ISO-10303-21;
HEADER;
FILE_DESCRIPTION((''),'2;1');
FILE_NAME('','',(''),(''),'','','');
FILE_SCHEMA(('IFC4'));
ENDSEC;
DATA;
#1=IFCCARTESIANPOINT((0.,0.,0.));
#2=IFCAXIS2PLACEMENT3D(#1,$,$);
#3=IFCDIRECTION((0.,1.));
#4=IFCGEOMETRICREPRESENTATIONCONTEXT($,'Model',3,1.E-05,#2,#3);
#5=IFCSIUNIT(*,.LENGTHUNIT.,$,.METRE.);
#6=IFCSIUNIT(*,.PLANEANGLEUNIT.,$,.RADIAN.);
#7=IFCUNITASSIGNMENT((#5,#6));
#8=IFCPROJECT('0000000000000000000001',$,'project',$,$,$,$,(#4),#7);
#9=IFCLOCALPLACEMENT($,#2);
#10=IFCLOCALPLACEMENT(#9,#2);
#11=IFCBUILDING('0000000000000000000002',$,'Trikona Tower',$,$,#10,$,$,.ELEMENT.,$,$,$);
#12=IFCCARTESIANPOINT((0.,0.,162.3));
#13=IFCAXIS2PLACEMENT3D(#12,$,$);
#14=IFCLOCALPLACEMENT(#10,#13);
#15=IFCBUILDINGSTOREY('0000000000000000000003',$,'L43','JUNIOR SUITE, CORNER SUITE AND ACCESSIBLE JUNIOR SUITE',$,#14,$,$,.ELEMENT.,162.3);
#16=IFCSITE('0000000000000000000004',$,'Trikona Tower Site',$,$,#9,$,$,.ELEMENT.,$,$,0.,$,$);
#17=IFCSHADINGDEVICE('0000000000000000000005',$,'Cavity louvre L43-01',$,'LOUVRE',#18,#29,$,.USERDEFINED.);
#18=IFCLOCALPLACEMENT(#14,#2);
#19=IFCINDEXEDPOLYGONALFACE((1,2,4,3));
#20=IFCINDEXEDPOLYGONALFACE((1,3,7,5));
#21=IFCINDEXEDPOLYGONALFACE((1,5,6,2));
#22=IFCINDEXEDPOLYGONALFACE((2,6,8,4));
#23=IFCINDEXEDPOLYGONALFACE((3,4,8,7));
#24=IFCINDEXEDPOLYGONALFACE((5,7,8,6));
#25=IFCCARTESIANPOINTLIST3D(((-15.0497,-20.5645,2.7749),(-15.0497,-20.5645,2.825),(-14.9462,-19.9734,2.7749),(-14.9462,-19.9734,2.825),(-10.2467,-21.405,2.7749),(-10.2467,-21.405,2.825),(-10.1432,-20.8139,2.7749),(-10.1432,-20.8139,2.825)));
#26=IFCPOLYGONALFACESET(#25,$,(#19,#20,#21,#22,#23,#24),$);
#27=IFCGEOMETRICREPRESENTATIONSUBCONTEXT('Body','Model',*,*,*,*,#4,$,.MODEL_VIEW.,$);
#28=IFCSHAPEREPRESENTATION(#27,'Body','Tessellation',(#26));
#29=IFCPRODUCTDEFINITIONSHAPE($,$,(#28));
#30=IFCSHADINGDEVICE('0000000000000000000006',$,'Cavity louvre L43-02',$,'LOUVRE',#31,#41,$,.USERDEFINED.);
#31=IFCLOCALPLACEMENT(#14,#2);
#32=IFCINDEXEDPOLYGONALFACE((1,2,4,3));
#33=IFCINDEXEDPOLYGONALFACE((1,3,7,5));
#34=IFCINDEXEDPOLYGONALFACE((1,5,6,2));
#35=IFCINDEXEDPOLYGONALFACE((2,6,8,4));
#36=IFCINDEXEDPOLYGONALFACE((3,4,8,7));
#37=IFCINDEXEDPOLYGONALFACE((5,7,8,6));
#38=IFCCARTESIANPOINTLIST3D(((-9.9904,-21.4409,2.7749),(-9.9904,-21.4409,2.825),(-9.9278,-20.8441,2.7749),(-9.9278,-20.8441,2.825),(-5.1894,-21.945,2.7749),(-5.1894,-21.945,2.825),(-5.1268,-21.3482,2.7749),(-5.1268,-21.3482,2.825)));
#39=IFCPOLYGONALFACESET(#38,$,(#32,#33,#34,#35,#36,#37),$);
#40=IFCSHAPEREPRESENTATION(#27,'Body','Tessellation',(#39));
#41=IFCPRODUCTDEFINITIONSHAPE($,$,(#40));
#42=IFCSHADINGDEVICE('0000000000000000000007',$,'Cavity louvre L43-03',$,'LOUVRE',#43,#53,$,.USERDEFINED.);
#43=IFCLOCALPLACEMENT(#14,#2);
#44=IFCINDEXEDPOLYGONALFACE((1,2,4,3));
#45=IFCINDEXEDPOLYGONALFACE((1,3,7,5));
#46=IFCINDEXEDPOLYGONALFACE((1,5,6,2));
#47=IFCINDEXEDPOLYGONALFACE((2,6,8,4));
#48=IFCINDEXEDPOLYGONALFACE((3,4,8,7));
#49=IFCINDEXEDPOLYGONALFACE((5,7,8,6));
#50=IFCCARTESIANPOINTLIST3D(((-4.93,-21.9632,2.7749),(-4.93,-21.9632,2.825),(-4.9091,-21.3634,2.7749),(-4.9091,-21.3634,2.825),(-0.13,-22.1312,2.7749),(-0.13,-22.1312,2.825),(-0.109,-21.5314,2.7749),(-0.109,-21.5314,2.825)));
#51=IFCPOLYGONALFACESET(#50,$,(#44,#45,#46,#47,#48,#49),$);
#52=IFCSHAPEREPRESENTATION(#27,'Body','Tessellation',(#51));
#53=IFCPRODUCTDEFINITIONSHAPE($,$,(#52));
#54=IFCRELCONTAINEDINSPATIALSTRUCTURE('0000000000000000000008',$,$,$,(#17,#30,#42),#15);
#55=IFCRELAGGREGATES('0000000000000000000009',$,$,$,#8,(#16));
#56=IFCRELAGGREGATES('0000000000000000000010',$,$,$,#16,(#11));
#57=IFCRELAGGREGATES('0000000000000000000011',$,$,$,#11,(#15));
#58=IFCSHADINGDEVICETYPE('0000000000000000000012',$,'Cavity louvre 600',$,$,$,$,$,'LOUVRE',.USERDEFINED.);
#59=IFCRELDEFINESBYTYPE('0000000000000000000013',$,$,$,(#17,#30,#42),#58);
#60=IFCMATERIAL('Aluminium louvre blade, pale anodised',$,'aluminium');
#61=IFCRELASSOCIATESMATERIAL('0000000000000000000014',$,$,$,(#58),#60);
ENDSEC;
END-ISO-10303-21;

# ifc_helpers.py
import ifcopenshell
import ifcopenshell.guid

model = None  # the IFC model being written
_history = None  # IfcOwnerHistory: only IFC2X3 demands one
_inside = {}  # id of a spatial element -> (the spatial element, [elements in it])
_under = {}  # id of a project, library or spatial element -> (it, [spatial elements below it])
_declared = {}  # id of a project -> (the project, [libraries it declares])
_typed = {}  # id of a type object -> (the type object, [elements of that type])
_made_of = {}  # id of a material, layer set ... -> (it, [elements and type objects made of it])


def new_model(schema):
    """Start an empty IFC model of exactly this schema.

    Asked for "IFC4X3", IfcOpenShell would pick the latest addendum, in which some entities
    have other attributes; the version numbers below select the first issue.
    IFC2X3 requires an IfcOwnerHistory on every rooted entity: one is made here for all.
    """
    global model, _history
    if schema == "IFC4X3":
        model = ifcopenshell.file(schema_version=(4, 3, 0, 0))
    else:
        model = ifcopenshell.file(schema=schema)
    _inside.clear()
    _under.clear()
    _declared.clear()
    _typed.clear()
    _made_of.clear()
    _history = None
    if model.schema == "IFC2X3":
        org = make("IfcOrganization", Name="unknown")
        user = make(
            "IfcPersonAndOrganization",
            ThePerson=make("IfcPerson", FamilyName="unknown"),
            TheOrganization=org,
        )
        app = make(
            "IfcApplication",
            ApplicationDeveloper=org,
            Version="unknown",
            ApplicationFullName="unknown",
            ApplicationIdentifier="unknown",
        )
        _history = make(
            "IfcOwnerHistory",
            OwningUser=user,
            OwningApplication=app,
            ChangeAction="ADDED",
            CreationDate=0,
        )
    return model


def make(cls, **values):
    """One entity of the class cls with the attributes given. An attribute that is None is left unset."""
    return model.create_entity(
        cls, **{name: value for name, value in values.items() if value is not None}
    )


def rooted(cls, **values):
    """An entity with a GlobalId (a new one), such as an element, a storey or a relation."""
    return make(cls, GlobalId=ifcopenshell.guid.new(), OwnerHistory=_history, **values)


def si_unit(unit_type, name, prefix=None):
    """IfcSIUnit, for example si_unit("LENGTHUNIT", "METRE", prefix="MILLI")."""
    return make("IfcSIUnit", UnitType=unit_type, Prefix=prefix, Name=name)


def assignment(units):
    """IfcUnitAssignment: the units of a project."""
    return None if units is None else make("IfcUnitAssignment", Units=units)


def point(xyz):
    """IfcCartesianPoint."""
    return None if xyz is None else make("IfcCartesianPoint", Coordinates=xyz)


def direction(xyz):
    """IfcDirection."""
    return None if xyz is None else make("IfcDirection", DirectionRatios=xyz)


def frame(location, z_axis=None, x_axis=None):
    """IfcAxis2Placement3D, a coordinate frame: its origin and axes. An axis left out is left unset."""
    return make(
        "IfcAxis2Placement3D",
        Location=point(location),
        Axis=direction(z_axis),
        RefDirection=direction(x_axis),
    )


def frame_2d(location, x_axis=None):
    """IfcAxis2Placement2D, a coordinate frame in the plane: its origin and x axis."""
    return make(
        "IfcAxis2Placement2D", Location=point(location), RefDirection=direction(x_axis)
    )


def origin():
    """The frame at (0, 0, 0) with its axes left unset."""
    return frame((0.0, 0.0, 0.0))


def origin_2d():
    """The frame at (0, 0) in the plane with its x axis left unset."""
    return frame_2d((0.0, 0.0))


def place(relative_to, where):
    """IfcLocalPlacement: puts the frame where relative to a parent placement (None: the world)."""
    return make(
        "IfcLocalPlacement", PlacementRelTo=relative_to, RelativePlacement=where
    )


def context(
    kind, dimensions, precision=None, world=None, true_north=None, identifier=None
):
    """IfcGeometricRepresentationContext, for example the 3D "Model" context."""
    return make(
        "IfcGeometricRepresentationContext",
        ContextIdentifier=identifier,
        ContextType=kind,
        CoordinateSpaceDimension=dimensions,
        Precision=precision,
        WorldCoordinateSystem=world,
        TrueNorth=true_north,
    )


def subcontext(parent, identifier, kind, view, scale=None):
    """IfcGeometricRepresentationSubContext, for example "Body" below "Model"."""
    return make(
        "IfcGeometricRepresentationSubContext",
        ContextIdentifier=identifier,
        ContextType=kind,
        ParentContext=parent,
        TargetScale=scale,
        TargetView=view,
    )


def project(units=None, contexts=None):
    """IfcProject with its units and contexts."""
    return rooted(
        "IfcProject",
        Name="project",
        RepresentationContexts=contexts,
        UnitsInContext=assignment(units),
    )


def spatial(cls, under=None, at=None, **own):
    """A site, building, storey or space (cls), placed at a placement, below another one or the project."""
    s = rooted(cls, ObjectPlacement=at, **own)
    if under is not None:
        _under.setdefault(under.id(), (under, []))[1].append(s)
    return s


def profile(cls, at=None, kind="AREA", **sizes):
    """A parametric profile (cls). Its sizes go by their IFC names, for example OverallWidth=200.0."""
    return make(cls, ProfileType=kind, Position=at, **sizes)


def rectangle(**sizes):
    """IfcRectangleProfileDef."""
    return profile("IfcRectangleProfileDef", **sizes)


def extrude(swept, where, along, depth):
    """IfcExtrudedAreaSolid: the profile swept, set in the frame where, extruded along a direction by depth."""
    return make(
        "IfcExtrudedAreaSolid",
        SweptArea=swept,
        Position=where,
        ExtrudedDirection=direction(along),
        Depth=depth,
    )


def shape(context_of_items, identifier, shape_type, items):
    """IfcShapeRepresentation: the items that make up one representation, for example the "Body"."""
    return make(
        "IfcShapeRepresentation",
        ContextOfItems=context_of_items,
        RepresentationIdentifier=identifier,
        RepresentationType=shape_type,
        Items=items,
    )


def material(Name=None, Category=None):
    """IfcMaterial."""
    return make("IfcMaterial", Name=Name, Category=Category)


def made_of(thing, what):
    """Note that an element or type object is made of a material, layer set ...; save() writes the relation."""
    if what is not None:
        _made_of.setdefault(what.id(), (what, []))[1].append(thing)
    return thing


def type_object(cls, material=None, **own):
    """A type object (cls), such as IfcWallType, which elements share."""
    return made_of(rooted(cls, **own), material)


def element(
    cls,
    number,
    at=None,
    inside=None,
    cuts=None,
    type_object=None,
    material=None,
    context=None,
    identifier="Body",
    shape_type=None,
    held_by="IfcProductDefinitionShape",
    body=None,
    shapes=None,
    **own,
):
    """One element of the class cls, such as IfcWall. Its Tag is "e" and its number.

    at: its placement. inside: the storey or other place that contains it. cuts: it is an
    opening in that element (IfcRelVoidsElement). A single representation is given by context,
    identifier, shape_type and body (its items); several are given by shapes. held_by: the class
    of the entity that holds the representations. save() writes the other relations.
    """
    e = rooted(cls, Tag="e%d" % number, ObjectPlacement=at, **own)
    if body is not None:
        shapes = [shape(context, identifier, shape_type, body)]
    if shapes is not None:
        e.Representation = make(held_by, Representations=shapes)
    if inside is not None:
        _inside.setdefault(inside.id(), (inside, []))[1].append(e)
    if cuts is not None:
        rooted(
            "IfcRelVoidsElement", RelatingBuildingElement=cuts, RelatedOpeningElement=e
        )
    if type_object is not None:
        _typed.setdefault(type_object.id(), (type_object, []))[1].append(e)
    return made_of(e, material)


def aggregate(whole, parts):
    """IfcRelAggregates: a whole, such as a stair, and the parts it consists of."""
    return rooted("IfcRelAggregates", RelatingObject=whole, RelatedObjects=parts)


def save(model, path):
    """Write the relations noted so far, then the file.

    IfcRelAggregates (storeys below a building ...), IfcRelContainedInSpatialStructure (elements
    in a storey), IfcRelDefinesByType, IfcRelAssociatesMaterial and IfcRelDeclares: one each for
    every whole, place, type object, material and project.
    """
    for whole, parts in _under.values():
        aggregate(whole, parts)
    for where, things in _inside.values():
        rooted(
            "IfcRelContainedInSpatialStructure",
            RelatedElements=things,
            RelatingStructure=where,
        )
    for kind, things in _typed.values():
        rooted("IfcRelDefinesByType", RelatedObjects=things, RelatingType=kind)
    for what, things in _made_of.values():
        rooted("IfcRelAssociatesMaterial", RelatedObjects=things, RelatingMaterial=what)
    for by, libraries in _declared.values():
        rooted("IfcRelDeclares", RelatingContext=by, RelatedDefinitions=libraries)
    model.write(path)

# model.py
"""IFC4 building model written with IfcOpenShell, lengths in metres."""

from ifc_helpers import new_model, si_unit, direction, frame, origin, origin_2d, place, context, subcontext, project, spatial, rectangle, extrude, material, type_object, element, save


model = new_model("IFC4")

# Units and contexts
model_context = context("Model", 3, precision=1e-05, world=origin(), true_north=direction((0.0, 1.0)))
body_context = subcontext(model_context, "Body", "Model", "MODEL_VIEW")
ifc_project = project(units=[si_unit("LENGTHUNIT", "METRE"), si_unit("PLANEANGLEUNIT", "RADIAN")], contexts=[model_context])

# Site, building, storey
site_placement = place(None, origin())
site = spatial("IfcSite", under=ifc_project, at=site_placement, Name="Trikona Tower Site", CompositionType="ELEMENT", RefElevation=0.0)
building_placement = place(site_placement, origin())
building = spatial("IfcBuilding", under=site, at=building_placement, Name="Trikona Tower", CompositionType="ELEMENT")
storey_placement = place(building_placement, frame((0.0, 0.0, 162.3)))
storey = spatial("IfcBuildingStorey", under=building, at=storey_placement, Name="L43", Description="JUNIOR SUITE, CORNER SUITE AND ACCESSIBLE JUNIOR SUITE", CompositionType="ELEMENT", Elevation=162.3)

# Shading devices
ifc_material_1 = material(Name="Aluminium louvre blade, pale anodised", Category="aluminium")
shading_device_type = type_object("IfcShadingDeviceType", Name="Cavity louvre 600", ElementType="LOUVRE", PredefinedType="USERDEFINED", material=ifc_material_1)
shading_device_1_placement = place(storey_placement, frame((-12.5964, -20.6892, 2.7749), z_axis=(0.0, 0.0, 1.0), x_axis=(0.985031, -0.17238, 0.0)))
element("IfcShadingDevice", 1, at=shading_device_1_placement, inside=storey, type_object=shading_device_type, Name="Cavity louvre L43-01", ObjectType="LOUVRE", PredefinedType="USERDEFINED", context=body_context, shape_type="SweptSolid", body=[
    extrude(rectangle(XDim=4.876, YDim=0.6001, at=origin_2d()), origin(), (0.0, 0.0, 1.0), 0.05),
])
shading_device_2_placement = place(storey_placement, frame((-7.5586, -21.3945, 2.7749), z_axis=(0.0, 0.0, 1.0), x_axis=(0.994533, -0.104426, 0.0)))
element("IfcShadingDevice", 2, at=shading_device_2_placement, inside=storey, type_object=shading_device_type, Name="Cavity louvre L43-02", ObjectType="LOUVRE", PredefinedType="USERDEFINED", context=body_context, shape_type="SweptSolid", body=[
    extrude(rectangle(XDim=4.8274, YDim=0.6001, at=origin_2d()), origin(), (0.0, 0.0, 1.0), 0.05),
])
shading_device_3_placement = place(storey_placement, frame((-2.5195, -21.7473, 2.7749), z_axis=(0.0, 0.0, 1.0), x_axis=(0.999388, -0.034978, 0.0)))
element("IfcShadingDevice", 3, at=shading_device_3_placement, inside=storey, type_object=shading_device_type, Name="Cavity louvre L43-03", ObjectType="LOUVRE", PredefinedType="USERDEFINED", context=body_context, shape_type="SweptSolid", body=[
    extrude(rectangle(XDim=4.803, YDim=0.6001, at=origin_2d()), origin(), (0.0, 0.0, 1.0), 0.05),
])

save(model, "model.ifc")
